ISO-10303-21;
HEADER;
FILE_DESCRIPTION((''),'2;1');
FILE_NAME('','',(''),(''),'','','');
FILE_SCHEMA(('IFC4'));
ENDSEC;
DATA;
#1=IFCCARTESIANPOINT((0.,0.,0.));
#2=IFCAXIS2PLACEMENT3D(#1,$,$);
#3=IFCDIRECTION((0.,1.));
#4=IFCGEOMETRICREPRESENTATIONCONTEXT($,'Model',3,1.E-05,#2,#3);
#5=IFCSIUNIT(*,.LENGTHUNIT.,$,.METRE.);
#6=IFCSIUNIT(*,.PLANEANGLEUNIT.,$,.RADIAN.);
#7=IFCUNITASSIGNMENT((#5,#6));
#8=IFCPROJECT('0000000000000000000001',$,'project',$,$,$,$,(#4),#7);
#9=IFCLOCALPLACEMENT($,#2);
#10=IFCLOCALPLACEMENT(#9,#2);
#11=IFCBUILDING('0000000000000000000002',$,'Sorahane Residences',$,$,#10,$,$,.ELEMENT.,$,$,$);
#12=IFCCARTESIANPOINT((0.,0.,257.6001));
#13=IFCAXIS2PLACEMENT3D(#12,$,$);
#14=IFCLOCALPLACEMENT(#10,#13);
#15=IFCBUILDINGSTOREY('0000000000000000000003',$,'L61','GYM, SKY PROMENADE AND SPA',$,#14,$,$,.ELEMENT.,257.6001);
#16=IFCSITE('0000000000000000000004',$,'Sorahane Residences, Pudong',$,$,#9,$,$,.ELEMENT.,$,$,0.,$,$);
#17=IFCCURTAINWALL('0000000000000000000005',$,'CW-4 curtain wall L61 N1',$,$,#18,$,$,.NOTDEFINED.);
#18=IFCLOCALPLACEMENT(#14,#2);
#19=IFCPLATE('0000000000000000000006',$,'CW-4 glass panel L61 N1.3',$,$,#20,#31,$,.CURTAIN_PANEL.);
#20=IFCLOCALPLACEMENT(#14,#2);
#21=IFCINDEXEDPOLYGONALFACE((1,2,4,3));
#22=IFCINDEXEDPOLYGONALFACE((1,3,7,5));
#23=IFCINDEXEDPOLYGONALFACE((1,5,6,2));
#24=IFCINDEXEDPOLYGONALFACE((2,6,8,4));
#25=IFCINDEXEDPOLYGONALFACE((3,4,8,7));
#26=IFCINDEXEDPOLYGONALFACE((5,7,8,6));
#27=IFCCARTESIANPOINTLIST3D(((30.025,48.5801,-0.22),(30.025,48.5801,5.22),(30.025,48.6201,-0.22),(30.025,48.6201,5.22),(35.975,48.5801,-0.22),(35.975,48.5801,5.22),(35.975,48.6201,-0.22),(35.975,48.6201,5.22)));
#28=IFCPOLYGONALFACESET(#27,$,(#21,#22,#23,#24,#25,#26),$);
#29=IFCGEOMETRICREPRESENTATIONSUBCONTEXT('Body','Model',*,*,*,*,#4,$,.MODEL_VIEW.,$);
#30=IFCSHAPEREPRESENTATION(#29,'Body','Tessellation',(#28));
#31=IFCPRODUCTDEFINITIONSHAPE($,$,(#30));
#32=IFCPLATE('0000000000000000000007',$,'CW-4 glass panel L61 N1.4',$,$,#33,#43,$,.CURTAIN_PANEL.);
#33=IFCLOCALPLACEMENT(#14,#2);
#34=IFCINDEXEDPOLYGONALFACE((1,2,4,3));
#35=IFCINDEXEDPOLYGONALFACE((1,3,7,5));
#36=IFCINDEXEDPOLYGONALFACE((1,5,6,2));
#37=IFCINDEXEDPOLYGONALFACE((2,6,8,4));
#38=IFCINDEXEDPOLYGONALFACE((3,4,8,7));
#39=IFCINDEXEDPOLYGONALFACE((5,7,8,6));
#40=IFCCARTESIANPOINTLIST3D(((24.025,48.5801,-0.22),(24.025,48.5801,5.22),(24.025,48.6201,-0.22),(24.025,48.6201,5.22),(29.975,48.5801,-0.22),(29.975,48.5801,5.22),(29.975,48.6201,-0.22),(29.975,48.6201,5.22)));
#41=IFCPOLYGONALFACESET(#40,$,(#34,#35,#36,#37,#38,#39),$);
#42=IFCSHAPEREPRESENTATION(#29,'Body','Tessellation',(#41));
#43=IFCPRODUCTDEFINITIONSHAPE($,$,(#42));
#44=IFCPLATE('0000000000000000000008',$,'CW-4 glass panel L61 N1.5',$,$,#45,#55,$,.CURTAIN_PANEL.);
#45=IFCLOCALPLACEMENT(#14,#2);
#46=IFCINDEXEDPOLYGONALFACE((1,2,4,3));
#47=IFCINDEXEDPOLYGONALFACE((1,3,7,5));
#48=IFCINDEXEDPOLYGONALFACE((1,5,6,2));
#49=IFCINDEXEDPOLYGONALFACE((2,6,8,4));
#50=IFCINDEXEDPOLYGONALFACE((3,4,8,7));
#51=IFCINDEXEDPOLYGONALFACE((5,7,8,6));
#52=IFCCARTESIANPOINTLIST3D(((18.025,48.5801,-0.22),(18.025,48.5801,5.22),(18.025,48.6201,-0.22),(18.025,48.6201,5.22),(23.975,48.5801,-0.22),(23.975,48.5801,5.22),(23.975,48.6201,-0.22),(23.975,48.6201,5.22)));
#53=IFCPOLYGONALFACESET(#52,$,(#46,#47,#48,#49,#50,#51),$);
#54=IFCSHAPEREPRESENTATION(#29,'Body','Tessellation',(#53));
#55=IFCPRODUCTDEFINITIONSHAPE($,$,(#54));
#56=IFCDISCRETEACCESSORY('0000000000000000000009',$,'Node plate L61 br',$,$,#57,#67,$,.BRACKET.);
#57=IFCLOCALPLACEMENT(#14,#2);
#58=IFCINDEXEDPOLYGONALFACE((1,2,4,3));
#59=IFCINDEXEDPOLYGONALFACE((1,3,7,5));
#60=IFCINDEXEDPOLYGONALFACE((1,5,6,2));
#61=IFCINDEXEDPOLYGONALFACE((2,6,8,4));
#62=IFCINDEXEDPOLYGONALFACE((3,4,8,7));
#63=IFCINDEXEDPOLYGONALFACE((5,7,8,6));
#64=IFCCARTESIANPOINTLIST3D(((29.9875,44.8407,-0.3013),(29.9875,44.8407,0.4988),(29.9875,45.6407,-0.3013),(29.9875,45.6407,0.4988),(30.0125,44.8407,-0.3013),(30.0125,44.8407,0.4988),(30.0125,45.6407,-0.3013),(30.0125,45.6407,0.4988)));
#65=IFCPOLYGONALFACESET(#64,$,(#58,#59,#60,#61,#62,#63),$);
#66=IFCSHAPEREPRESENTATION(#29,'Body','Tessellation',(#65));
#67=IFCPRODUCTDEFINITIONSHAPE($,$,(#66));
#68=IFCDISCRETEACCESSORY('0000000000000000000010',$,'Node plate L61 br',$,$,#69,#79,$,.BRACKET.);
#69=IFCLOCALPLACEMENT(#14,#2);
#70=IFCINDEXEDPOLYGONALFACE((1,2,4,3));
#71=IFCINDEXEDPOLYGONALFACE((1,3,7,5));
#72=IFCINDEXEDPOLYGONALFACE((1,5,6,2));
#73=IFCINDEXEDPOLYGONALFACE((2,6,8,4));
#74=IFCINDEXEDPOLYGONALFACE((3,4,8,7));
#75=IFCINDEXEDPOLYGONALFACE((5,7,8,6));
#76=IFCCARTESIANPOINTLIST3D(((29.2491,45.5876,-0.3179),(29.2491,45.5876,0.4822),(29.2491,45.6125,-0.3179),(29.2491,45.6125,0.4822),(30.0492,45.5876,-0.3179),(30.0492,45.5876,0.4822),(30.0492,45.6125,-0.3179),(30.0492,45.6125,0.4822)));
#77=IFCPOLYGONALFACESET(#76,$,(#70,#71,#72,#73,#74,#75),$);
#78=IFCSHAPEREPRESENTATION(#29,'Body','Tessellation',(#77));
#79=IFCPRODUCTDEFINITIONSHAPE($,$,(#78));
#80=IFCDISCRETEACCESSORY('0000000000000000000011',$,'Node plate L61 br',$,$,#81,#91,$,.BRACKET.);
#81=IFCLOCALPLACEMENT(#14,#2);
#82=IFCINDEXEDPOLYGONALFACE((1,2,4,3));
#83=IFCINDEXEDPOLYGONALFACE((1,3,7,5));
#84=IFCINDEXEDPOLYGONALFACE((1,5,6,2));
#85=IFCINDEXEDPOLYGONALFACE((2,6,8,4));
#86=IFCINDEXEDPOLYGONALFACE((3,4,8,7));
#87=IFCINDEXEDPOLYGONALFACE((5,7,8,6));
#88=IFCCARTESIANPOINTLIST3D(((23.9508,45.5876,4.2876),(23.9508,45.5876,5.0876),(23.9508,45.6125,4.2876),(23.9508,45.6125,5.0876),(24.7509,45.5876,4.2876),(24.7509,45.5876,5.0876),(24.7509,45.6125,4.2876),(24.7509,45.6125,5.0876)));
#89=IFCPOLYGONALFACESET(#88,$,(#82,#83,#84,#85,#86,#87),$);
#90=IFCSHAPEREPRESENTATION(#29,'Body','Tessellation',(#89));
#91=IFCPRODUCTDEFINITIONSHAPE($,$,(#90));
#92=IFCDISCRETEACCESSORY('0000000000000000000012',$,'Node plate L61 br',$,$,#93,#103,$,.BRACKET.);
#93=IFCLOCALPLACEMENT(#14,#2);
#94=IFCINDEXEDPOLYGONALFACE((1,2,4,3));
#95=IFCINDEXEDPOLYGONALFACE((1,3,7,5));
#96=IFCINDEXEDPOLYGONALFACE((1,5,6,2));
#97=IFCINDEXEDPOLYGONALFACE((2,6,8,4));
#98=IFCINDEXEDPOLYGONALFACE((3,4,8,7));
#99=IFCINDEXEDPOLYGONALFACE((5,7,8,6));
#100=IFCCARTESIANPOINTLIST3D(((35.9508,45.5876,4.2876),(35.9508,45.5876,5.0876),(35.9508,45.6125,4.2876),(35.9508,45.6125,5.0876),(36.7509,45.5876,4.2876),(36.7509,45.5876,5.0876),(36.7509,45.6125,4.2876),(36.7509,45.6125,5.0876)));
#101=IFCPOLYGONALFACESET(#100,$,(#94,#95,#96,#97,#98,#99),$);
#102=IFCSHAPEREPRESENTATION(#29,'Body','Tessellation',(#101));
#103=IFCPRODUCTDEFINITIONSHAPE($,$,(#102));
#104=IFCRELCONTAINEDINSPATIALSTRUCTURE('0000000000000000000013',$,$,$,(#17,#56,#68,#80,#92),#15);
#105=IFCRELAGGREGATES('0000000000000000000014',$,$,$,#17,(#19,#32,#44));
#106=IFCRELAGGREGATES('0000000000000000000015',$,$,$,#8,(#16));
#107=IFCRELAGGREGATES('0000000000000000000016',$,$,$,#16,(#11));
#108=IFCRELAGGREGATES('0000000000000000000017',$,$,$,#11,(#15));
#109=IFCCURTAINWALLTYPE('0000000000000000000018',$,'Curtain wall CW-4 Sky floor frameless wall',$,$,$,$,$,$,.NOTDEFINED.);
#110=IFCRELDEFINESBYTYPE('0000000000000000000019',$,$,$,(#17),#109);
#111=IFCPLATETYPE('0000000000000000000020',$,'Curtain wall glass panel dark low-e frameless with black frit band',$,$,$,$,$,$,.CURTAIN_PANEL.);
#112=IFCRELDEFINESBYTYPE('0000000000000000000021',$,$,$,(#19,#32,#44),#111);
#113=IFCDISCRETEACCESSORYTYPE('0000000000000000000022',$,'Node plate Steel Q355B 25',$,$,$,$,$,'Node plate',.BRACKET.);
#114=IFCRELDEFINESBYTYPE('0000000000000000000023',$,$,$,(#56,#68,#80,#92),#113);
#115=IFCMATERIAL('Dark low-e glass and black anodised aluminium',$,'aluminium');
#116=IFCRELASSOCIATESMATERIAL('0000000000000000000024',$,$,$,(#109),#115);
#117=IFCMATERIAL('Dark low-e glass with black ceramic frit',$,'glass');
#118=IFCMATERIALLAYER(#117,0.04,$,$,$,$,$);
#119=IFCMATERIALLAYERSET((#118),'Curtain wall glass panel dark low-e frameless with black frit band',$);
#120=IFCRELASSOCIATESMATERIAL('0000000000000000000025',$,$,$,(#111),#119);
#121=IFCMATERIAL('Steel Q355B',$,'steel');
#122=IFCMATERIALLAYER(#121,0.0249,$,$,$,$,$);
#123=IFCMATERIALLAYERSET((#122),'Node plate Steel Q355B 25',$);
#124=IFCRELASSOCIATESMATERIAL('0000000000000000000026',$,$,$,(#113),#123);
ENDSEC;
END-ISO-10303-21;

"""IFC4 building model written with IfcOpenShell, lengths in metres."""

from ifc_helpers import new_model, si_unit, direction, frame, origin, origin_2d, place, context, subcontext, project, spatial, rectangle, extrude, material, layer, layer_set, type_object, element, aggregate, save


model = new_model("IFC4")

# Units and contexts
model_context = context("Model", 3, precision=1e-05, world=origin(), true_north=direction((0.0, 1.0)))
body_context = subcontext(model_context, "Body", "Model", "MODEL_VIEW")
ifc_project = project(units=[si_unit("LENGTHUNIT", "METRE"), si_unit("PLANEANGLEUNIT", "RADIAN")], contexts=[model_context])

# Site, building, storey
site_placement = place(None, origin())
site = spatial("IfcSite", under=ifc_project, at=site_placement, Name="Sorahane Residences, Pudong", CompositionType="ELEMENT", RefElevation=0.0)
building_placement = place(site_placement, origin())
building = spatial("IfcBuilding", under=site, at=building_placement, Name="Sorahane Residences", CompositionType="ELEMENT")
storey_placement = place(building_placement, frame((0.0, 0.0, 257.6001)))
storey = spatial("IfcBuildingStorey", under=building, at=storey_placement, Name="L61", Description="GYM, SKY PROMENADE AND SPA", CompositionType="ELEMENT", Elevation=257.6001)

# Curtain wall
ifc_material_1 = material(Name="Dark low-e glass and black anodised aluminium", Category="aluminium")
curtain_wall_type = type_object("IfcCurtainWallType", Name="Curtain wall CW-4 Sky floor frameless wall", PredefinedType="NOTDEFINED", material=ifc_material_1)
curtain_wall_placement = place(storey_placement, origin())
curtain_wall = element("IfcCurtainWall", 1, at=curtain_wall_placement, inside=storey, type_object=curtain_wall_type, Name="CW-4 curtain wall L61 N1", PredefinedType="NOTDEFINED")

# Plates
ifc_material_2 = material(Name="Dark low-e glass with black ceramic frit", Category="glass")
ifc_layer_1 = layer(ifc_material_2, 0.04)
ifc_layer_set_1 = layer_set([ifc_layer_1], Name="Curtain wall glass panel dark low-e frameless with black frit band")
plate_type = type_object("IfcPlateType", Name="Curtain wall glass panel dark low-e frameless with black frit band", PredefinedType="CURTAIN_PANEL", material=ifc_layer_set_1)
plate_1_placement = place(storey_placement, frame((33.0, 48.6001, -0.22), z_axis=(0.0, 0.0, 1.0), x_axis=(-1.0, 0.0, 0.0)))
plate_1 = element("IfcPlate", 2, at=plate_1_placement, type_object=plate_type, Name="CW-4 glass panel L61 N1.3", PredefinedType="CURTAIN_PANEL", context=body_context, shape_type="SweptSolid", body=[
    extrude(rectangle(XDim=5.95, YDim=0.04, at=origin_2d()), origin(), (0.0, 0.0, 1.0), 5.4399),
])
plate_2_placement = place(storey_placement, frame((27.0, 48.6001, -0.22), z_axis=(0.0, 0.0, 1.0), x_axis=(-1.0, 0.0, 0.0)))
plate_2 = element("IfcPlate", 3, at=plate_2_placement, type_object=plate_type, Name="CW-4 glass panel L61 N1.4", PredefinedType="CURTAIN_PANEL", context=body_context, shape_type="SweptSolid", body=[
    extrude(rectangle(XDim=5.95, YDim=0.04, at=origin_2d()), origin(), (0.0, 0.0, 1.0), 5.4399),
])
plate_3_placement = place(storey_placement, frame((21.0, 48.6001, -0.22), z_axis=(0.0, 0.0, 1.0), x_axis=(-1.0, 0.0, 0.0)))
plate_3 = element("IfcPlate", 4, at=plate_3_placement, type_object=plate_type, Name="CW-4 glass panel L61 N1.5", PredefinedType="CURTAIN_PANEL", context=body_context, shape_type="SweptSolid", body=[
    extrude(rectangle(XDim=5.95, YDim=0.04, at=origin_2d()), origin(), (0.0, 0.0, 1.0), 5.4399),
])
aggregate(curtain_wall, [plate_1, plate_2, plate_3])

# Discrete accessories
ifc_material_3 = material(Name="Steel Q355B", Category="steel")
ifc_layer_2 = layer(ifc_material_3, 0.0249)
ifc_layer_set_2 = layer_set([ifc_layer_2], Name="Node plate Steel Q355B 25")
discrete_accessory_type = type_object("IfcDiscreteAccessoryType", Name="Node plate Steel Q355B 25", ElementType="Node plate", PredefinedType="BRACKET", material=ifc_layer_set_2)
for number, where, z_axis, x_axis, name in (
    (5, (30.0, 45.2407, -0.3013), (0.0, 0.0, 1.0), (0.0, 1.0, 0.0), "Node plate L61 br"),
    (6, (29.6492, 45.6001, -0.3179), (0.0, 0.0, 1.0), (1.0, 0.0, 0.0), "Node plate L61 br"),
    (7, (24.3508, 45.6001, 4.2876), (0.0, 0.0, 1.0), (1.0, 0.0, 0.0), "Node plate L61 br"),
    (8, (36.3508, 45.6001, 4.2876), (0.0, 0.0, 1.0), (1.0, 0.0, 0.0), "Node plate L61 br"),
):
    element("IfcDiscreteAccessory", number, at=place(storey_placement, frame(where, z_axis=z_axis, x_axis=x_axis)), inside=storey, type_object=discrete_accessory_type, Name=name, PredefinedType="BRACKET", context=body_context, shape_type="SweptSolid", body=[
        extrude(rectangle(XDim=0.8, YDim=0.0249, at=origin_2d()), origin(), (0.0, 0.0, 1.0), 0.8),
    ])

save(model, "model.ifc")
